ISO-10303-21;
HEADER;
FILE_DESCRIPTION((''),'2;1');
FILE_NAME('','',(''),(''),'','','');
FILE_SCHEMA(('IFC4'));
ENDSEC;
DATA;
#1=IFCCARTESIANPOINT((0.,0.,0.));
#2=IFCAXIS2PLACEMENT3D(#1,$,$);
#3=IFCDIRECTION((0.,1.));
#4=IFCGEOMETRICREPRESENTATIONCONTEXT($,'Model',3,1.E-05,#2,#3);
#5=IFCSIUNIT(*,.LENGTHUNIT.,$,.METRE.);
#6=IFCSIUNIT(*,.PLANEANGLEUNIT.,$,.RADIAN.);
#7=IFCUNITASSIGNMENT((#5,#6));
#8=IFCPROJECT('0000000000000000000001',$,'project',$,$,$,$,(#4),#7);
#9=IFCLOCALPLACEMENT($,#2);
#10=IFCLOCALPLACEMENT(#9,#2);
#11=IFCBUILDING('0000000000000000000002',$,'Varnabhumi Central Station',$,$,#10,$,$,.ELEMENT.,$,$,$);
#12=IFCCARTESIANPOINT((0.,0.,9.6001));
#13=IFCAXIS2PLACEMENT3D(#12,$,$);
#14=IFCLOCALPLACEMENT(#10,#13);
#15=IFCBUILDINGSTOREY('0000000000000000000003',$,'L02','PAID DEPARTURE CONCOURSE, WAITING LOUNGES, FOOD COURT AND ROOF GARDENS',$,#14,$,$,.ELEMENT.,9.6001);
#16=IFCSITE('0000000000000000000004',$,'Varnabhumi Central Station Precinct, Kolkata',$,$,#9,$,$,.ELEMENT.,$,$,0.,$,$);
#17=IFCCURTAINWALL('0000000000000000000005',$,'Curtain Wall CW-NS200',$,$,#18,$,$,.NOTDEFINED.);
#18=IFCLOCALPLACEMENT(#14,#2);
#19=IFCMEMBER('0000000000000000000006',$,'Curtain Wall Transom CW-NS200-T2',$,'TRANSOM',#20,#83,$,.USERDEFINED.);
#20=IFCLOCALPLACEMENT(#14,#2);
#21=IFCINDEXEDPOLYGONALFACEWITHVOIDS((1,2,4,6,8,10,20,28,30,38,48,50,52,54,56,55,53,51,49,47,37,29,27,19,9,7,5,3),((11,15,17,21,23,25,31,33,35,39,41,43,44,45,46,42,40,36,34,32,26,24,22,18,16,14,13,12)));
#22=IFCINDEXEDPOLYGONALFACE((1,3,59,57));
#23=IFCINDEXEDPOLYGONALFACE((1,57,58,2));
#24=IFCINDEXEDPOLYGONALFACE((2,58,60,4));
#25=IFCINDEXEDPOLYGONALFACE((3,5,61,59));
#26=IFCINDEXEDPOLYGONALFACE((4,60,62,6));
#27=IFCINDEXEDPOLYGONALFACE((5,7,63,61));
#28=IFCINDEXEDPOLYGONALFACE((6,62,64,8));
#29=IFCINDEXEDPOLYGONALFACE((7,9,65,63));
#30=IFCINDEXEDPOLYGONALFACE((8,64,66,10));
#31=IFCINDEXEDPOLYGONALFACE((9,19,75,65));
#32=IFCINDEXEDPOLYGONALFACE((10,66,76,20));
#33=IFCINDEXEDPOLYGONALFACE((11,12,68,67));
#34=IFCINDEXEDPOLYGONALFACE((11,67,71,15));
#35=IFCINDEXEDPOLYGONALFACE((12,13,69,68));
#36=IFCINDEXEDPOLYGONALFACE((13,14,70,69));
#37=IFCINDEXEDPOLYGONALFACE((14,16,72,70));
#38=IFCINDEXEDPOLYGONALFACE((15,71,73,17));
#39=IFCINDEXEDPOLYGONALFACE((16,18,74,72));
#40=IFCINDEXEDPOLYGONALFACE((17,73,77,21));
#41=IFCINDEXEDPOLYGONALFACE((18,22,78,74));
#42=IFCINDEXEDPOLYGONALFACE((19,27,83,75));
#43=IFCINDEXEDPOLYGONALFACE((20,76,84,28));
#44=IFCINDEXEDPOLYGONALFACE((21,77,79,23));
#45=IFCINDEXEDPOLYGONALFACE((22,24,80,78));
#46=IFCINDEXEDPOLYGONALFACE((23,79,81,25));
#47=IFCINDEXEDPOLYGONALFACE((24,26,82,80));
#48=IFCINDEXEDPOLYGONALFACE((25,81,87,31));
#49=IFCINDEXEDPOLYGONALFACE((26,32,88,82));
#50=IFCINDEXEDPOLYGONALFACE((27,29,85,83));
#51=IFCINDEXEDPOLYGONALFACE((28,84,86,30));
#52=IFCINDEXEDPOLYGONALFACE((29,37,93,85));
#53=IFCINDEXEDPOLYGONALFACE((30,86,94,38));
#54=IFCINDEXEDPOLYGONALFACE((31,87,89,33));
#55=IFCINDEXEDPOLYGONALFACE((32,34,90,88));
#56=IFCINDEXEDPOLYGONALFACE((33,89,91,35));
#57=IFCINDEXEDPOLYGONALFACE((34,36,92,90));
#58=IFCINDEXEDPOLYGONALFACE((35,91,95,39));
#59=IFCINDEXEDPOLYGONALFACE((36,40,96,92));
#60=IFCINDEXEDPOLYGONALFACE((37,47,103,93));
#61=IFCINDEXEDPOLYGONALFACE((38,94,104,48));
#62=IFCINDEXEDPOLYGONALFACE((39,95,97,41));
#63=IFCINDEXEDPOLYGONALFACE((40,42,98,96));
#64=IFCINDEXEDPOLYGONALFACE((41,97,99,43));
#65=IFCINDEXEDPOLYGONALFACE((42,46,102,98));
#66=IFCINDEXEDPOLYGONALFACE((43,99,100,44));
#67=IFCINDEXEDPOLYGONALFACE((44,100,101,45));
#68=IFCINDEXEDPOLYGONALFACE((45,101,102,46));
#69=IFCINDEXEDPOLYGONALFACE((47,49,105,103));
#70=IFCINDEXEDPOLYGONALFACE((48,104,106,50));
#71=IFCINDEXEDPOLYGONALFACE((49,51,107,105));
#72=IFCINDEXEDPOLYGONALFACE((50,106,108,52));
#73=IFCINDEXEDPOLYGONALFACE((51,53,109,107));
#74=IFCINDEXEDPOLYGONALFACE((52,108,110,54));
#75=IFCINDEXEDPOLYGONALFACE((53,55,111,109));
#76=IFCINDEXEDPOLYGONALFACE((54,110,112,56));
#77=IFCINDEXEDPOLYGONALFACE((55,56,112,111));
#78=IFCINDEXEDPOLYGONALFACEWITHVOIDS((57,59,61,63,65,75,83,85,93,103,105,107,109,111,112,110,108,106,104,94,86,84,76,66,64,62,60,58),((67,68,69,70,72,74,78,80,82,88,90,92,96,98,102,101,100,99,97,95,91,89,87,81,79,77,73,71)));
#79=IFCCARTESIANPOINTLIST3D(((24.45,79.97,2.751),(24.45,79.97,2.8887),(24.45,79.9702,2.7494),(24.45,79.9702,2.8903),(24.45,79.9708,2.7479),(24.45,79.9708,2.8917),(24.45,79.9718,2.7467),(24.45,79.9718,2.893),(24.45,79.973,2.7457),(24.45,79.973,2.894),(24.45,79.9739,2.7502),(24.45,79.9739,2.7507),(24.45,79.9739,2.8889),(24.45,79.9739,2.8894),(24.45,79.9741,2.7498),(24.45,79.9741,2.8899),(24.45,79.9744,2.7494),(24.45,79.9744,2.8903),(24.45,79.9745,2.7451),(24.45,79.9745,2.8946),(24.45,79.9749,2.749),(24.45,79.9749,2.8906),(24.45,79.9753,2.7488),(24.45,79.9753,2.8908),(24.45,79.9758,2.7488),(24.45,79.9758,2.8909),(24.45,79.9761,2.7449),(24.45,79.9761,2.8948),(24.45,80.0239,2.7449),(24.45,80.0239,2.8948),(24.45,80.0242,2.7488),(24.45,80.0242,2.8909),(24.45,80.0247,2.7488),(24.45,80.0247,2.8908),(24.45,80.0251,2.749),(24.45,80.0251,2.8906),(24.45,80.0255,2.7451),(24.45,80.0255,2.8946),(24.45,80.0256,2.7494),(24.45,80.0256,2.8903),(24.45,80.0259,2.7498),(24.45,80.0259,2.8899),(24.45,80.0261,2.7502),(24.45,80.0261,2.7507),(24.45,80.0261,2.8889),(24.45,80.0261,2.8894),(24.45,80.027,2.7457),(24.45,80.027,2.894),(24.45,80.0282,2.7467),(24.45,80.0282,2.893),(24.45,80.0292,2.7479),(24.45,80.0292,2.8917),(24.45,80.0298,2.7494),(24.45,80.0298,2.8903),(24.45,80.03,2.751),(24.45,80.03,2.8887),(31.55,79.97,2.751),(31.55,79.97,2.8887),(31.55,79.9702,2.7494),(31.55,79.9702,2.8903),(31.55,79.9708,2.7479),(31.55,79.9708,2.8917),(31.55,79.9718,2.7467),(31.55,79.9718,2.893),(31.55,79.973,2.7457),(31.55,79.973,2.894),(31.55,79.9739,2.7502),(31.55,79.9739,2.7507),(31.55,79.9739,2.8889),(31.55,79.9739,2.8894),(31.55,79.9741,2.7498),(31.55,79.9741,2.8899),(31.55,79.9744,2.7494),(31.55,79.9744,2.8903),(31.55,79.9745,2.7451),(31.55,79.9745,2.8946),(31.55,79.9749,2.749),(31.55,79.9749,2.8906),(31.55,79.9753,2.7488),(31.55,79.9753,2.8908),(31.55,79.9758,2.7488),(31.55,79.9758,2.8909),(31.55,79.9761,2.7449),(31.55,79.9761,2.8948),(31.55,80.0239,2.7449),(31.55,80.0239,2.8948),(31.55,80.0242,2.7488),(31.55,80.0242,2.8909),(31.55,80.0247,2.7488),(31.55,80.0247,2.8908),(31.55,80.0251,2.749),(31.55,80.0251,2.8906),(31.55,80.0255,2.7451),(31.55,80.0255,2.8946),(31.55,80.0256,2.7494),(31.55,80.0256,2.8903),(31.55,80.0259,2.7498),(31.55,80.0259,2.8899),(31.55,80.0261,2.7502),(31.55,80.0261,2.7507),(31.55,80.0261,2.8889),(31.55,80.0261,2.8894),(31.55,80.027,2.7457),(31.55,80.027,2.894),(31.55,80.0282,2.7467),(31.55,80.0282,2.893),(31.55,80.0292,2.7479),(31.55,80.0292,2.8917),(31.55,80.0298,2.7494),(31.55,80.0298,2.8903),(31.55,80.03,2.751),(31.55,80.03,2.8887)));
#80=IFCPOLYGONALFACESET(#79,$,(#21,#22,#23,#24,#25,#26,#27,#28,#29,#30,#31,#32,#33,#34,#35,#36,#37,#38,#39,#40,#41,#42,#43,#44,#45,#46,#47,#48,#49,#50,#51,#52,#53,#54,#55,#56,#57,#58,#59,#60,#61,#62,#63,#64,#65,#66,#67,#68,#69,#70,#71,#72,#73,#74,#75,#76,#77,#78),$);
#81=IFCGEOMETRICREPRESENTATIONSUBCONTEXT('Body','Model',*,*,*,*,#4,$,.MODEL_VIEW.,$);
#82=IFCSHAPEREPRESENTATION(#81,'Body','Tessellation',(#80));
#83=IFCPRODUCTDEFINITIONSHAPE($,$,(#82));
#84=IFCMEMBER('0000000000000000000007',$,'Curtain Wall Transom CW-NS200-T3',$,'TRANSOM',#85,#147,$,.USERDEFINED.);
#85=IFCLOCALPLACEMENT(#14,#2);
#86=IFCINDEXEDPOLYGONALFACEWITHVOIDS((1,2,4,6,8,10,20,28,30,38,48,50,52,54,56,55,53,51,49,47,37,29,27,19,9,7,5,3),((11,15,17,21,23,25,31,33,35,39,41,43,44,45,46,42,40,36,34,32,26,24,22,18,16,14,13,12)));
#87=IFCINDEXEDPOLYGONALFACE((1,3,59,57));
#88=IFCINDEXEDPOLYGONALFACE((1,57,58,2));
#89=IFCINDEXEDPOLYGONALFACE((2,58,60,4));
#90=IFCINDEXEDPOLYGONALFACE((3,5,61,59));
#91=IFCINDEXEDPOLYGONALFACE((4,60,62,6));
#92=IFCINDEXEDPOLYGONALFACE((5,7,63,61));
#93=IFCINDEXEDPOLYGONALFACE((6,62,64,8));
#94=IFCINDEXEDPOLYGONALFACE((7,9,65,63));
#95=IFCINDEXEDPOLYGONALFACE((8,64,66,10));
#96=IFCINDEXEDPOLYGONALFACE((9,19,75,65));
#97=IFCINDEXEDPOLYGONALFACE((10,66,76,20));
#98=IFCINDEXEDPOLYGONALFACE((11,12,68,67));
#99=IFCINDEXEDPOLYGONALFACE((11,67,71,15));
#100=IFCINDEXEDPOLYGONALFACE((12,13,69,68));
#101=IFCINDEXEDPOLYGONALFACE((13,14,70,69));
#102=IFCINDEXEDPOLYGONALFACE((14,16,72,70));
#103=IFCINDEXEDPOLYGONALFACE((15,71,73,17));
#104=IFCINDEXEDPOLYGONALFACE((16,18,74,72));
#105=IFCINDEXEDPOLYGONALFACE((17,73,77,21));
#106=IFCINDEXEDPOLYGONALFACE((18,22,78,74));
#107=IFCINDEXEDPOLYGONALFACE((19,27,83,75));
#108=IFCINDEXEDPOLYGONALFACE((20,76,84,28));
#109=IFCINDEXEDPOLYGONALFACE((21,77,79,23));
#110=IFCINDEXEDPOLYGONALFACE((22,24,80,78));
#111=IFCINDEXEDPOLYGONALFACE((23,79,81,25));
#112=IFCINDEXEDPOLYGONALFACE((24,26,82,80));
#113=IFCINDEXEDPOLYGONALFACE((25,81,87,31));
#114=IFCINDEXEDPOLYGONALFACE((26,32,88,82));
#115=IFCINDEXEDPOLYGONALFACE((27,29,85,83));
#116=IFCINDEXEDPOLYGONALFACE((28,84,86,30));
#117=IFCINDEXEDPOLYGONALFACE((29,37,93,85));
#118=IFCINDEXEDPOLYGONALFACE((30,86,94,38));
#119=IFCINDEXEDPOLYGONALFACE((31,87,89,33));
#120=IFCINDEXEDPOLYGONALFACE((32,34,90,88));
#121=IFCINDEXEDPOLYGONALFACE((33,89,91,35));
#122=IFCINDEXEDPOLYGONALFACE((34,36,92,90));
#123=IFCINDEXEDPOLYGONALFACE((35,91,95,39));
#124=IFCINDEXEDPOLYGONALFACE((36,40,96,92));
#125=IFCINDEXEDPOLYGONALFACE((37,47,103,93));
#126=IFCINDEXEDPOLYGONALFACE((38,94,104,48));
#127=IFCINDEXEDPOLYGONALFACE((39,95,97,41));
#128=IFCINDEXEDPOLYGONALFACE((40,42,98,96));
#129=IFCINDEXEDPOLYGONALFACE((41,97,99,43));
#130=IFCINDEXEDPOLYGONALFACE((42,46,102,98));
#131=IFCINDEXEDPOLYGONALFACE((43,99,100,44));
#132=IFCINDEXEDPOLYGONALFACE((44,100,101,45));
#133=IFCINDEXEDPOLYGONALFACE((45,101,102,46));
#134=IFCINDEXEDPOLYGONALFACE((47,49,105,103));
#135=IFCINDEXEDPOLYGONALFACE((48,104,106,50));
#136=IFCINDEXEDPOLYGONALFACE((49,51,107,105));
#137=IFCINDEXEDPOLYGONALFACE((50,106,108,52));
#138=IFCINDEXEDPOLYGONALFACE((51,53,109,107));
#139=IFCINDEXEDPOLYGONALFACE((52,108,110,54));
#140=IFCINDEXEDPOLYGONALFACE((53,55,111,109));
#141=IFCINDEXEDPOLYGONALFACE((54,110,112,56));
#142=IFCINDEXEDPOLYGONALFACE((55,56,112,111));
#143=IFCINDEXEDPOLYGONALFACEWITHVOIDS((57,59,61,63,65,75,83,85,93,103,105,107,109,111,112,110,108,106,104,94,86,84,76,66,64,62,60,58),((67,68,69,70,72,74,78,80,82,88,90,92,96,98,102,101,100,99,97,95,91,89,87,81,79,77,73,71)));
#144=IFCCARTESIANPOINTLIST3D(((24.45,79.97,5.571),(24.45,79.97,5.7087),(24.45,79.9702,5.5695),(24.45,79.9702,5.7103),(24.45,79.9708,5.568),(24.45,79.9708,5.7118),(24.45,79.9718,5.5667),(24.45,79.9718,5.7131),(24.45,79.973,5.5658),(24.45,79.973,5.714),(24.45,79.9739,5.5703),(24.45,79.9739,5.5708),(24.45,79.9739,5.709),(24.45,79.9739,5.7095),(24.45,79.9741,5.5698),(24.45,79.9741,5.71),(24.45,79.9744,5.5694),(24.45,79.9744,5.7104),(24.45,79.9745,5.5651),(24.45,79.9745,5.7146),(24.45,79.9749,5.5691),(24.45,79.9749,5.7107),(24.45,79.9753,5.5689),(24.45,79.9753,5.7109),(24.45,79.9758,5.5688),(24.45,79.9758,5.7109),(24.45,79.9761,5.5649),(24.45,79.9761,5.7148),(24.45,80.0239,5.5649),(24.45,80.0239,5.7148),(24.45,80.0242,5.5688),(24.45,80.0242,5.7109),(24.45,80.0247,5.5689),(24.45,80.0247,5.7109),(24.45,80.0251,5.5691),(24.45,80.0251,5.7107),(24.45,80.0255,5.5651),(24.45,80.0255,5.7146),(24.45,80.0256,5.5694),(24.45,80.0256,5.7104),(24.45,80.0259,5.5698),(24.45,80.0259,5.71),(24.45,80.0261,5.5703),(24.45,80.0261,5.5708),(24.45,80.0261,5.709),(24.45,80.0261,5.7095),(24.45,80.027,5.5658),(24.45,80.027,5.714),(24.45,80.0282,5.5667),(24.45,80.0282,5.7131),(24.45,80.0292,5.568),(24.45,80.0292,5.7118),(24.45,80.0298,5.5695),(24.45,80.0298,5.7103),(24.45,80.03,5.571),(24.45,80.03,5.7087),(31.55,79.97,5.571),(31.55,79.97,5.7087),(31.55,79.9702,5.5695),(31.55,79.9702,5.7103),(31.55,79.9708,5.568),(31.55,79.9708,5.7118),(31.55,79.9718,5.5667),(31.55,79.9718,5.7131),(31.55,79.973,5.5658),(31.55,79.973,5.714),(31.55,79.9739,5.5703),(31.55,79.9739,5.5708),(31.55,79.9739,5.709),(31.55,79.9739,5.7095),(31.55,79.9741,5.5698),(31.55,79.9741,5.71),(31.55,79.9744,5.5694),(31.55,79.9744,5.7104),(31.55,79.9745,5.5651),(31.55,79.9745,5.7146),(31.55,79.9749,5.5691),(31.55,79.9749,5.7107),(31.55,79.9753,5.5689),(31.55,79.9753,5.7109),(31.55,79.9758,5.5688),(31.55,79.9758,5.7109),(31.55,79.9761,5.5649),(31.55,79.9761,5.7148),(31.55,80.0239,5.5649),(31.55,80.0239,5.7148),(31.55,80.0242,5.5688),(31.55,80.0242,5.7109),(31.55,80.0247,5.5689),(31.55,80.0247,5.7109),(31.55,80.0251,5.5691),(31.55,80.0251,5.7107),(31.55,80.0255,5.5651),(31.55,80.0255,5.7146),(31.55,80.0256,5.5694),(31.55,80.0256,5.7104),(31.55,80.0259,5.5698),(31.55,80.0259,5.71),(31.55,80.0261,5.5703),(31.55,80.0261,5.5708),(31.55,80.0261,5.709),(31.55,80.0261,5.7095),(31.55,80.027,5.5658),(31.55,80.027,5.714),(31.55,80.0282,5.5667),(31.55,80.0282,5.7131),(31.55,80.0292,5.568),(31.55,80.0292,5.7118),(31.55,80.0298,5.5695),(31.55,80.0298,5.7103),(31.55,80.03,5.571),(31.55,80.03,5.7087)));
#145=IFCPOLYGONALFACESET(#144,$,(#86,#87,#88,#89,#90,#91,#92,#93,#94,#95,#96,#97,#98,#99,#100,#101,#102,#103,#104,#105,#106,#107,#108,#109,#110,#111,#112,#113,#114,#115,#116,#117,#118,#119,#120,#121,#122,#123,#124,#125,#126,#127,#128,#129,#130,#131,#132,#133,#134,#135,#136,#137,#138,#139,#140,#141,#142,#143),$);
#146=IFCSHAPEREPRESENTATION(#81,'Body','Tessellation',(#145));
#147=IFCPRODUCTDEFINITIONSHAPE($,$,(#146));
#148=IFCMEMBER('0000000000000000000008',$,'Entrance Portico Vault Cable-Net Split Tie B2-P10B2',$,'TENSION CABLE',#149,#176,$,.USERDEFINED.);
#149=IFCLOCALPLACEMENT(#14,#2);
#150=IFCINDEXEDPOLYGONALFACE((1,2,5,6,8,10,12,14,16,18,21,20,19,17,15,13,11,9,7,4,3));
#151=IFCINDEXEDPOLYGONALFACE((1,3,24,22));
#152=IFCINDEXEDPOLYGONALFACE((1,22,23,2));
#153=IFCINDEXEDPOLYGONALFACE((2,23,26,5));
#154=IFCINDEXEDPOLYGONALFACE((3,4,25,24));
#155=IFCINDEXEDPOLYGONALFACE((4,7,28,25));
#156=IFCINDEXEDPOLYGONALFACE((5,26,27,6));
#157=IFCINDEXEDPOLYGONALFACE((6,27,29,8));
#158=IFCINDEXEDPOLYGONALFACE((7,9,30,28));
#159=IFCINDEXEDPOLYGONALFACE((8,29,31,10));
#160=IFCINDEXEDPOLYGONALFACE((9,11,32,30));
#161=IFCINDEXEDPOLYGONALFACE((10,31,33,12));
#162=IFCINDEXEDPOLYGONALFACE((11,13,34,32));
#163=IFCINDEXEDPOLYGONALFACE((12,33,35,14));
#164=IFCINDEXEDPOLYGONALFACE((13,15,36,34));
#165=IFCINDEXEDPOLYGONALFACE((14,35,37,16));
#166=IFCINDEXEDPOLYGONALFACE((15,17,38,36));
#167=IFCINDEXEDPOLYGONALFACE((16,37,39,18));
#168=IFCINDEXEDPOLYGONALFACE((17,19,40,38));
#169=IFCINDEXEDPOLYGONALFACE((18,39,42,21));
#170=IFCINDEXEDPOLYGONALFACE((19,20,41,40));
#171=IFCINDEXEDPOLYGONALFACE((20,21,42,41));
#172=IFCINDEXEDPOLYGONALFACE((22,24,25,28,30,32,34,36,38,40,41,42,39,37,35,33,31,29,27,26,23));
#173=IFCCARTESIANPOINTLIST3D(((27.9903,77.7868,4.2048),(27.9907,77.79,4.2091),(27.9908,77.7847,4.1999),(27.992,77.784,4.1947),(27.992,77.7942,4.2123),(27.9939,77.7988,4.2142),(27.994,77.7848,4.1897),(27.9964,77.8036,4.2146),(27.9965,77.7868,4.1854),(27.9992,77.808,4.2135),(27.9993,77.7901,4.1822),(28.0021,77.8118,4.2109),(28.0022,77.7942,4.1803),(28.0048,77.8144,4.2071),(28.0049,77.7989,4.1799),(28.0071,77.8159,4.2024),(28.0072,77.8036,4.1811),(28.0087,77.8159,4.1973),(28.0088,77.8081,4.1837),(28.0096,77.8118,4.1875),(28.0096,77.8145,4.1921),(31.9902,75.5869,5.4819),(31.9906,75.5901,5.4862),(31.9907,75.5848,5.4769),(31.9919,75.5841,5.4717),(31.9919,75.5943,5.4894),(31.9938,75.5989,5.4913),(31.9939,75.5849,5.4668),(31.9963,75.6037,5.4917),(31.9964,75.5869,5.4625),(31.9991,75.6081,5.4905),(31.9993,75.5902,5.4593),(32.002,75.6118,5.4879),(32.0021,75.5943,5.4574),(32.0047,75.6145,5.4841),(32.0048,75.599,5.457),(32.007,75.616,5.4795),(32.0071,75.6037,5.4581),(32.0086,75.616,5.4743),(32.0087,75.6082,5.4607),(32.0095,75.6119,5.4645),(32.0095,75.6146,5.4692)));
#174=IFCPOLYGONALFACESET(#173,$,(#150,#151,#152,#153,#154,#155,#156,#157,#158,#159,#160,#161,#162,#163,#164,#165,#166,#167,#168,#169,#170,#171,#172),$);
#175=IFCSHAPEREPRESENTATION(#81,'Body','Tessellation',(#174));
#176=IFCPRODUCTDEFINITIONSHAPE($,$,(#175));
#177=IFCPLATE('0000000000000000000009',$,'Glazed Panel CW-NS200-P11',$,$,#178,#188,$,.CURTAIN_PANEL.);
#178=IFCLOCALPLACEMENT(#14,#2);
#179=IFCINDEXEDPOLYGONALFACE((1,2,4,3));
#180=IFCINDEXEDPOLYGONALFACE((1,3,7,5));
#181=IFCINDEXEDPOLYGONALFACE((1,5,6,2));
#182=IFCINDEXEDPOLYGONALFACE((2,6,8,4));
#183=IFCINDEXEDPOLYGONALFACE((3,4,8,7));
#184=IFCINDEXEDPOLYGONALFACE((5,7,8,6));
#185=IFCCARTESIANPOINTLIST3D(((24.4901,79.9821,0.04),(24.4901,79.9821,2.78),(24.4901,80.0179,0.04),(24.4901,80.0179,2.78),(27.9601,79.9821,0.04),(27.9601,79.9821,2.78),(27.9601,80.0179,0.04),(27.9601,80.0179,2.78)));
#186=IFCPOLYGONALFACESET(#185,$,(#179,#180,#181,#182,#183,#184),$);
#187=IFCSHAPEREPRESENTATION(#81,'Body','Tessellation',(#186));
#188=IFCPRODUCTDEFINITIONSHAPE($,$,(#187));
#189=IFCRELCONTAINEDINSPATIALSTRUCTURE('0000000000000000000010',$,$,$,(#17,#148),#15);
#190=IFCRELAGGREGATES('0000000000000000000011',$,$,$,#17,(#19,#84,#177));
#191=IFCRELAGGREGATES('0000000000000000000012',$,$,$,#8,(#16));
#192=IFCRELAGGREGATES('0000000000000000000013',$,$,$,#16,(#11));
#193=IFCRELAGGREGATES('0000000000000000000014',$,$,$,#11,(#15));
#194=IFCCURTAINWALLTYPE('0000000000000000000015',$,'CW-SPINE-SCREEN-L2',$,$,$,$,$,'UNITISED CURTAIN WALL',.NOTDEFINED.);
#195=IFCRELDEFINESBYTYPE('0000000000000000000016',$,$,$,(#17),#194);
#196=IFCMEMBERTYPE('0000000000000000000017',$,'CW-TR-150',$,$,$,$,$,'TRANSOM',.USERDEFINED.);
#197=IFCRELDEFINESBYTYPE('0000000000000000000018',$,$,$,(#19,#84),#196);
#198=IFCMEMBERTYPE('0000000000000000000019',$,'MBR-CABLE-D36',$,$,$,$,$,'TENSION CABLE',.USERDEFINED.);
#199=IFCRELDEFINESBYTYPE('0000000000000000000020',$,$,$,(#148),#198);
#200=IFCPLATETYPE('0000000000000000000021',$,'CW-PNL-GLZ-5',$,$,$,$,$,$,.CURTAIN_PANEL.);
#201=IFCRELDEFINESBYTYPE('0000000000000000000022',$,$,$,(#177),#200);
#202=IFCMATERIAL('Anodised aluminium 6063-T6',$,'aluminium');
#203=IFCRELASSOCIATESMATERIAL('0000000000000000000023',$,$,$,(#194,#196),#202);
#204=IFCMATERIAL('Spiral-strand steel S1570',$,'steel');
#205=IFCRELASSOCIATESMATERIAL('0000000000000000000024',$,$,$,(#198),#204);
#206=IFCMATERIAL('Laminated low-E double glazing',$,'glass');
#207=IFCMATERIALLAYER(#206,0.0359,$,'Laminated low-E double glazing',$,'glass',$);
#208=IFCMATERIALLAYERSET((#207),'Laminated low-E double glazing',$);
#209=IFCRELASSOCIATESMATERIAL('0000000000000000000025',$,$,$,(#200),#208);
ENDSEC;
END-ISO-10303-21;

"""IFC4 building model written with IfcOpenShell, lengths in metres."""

from ifc_helpers import new_model, si_unit, direction, frame, origin, origin_2d, place, context, subcontext, project, spatial, rectangle, hollow_rectangle, circle, extrude, material, layer, layer_set, material_profile, profile_set, type_object, element, aggregate, save


model = new_model("IFC4")

# Units and contexts
model_context = context("Model", 3, precision=1e-05, world=origin(), true_north=direction((0.0, 1.0)))
body_context = subcontext(model_context, "Body", "Model", "MODEL_VIEW")
ifc_project = project(units=[si_unit("LENGTHUNIT", "METRE"), si_unit("PLANEANGLEUNIT", "RADIAN")], contexts=[model_context])

# Site, building, storey
site_placement = place(None, origin())
site = spatial("IfcSite", under=ifc_project, at=site_placement, Name="Varnabhumi Central Station Precinct, Kolkata", CompositionType="ELEMENT", RefElevation=0.0)
building_placement = place(site_placement, origin())
building = spatial("IfcBuilding", under=site, at=building_placement, Name="Varnabhumi Central Station", CompositionType="ELEMENT")
storey_placement = place(building_placement, frame((0.0, 0.0, 9.6001)))
storey = spatial("IfcBuildingStorey", under=building, at=storey_placement, Name="L02", Description="PAID DEPARTURE CONCOURSE, WAITING LOUNGES, FOOD COURT AND ROOF GARDENS", CompositionType="ELEMENT", Elevation=9.6001)

# Curtain wall, members
ifc_material_1 = material(Name="Anodised aluminium 6063-T6", Category="aluminium")
curtain_wall_type = type_object("IfcCurtainWallType", Name="CW-SPINE-SCREEN-L2", ElementType="UNITISED CURTAIN WALL", PredefinedType="NOTDEFINED", material=ifc_material_1)
curtain_wall_placement = place(storey_placement, origin())
curtain_wall = element("IfcCurtainWall", 1, at=curtain_wall_placement, inside=storey, type_object=curtain_wall_type, Name="Curtain Wall CW-NS200", PredefinedType="NOTDEFINED")
ifc_material_profile_1 = material_profile(ifc_material_1, hollow_rectangle(XDim=0.0601, YDim=0.1499, WallThickness=0.0039, InnerFilletRadius=0.002, OuterFilletRadius=0.0061, at=origin_2d()), Name="Anodised aluminium 6063-T6", Category="aluminium")
ifc_profile_set_1 = profile_set([ifc_material_profile_1], Name="Anodised aluminium 6063-T6")
member_type_1 = type_object("IfcMemberType", Name="CW-TR-150", ElementType="TRANSOM", PredefinedType="USERDEFINED", material=ifc_profile_set_1)
member_1_placement = place(storey_placement, frame((24.45, 80.0, 2.8198), z_axis=(1.0, 0.0, 0.0), x_axis=(0.0, 1.0, 0.0)))
member_1 = element("IfcMember", 2, at=member_1_placement, type_object=member_type_1, Name="Curtain Wall Transom CW-NS200-T2", ObjectType="TRANSOM", PredefinedType="USERDEFINED", context=body_context, shape_type="SweptSolid", body=[
    extrude(hollow_rectangle(XDim=0.0601, YDim=0.1499, WallThickness=0.0039, InnerFilletRadius=0.002, OuterFilletRadius=0.0061, at=origin_2d()), origin(), (0.0, 0.0, 1.0), 7.1001),
])
member_2_placement = place(storey_placement, frame((24.45, 80.0, 5.6399), z_axis=(1.0, 0.0, 0.0), x_axis=(0.0, 1.0, 0.0)))
member_2 = element("IfcMember", 3, at=member_2_placement, type_object=member_type_1, Name="Curtain Wall Transom CW-NS200-T3", ObjectType="TRANSOM", PredefinedType="USERDEFINED", context=body_context, shape_type="SweptSolid", body=[
    extrude(hollow_rectangle(XDim=0.0601, YDim=0.1499, WallThickness=0.0039, InnerFilletRadius=0.002, OuterFilletRadius=0.0061, at=origin_2d()), origin(), (0.0, 0.0, 1.0), 7.1001),
])

# Member
ifc_material_2 = material(Name="Spiral-strand steel S1570", Category="steel")
ifc_material_profile_2 = material_profile(ifc_material_2, circle(Radius=0.0181, at=origin_2d()), Name="Spiral-strand steel S1570", Category="steel")
ifc_profile_set_2 = profile_set([ifc_material_profile_2], Name="Spiral-strand steel S1570")
member_type_2 = type_object("IfcMemberType", Name="MBR-CABLE-D36", ElementType="TENSION CABLE", PredefinedType="USERDEFINED", material=ifc_profile_set_2)
member_3_placement = place(storey_placement, frame((28.0, 77.8, 4.1973), z_axis=(0.843822, -0.464092, 0.269411), x_axis=(0.481911, 0.87622, 0.0)))
element("IfcMember", 4, at=member_3_placement, inside=storey, type_object=member_type_2, Name="Entrance Portico Vault Cable-Net Split Tie B2-P10B2", ObjectType="TENSION CABLE", PredefinedType="USERDEFINED", context=body_context, shape_type="SweptSolid", body=[
    extrude(circle(Radius=0.0181, at=origin_2d()), origin(), (0.0, 0.0, 1.0), 4.7402),
])

# Plate
ifc_material_3 = material(Name="Laminated low-E double glazing", Category="glass")
ifc_layer_1 = layer(ifc_material_3, 0.0359, Name="Laminated low-E double glazing", Category="glass")
ifc_layer_set_1 = layer_set([ifc_layer_1], Name="Laminated low-E double glazing")
plate_type_1 = type_object("IfcPlateType", Name="CW-PNL-GLZ-5", PredefinedType="CURTAIN_PANEL", material=ifc_layer_set_1)
plate_1_placement = place(storey_placement, frame((26.2251, 80.0, 0.04), z_axis=(0.0, 0.0, 1.0), x_axis=(1.0, 0.0, 0.0)))
plate_1 = element("IfcPlate", 5, at=plate_1_placement, type_object=plate_type_1, Name="Glazed Panel CW-NS200-P11", PredefinedType="CURTAIN_PANEL", context=body_context, shape_type="SweptSolid", body=[
    extrude(rectangle(XDim=3.47, YDim=0.0359, at=origin_2d()), origin(), (0.0, 0.0, 1.0), 2.74),
])
aggregate(curtain_wall, [member_1, member_2, plate_1])

save(model, "model.ifc")
